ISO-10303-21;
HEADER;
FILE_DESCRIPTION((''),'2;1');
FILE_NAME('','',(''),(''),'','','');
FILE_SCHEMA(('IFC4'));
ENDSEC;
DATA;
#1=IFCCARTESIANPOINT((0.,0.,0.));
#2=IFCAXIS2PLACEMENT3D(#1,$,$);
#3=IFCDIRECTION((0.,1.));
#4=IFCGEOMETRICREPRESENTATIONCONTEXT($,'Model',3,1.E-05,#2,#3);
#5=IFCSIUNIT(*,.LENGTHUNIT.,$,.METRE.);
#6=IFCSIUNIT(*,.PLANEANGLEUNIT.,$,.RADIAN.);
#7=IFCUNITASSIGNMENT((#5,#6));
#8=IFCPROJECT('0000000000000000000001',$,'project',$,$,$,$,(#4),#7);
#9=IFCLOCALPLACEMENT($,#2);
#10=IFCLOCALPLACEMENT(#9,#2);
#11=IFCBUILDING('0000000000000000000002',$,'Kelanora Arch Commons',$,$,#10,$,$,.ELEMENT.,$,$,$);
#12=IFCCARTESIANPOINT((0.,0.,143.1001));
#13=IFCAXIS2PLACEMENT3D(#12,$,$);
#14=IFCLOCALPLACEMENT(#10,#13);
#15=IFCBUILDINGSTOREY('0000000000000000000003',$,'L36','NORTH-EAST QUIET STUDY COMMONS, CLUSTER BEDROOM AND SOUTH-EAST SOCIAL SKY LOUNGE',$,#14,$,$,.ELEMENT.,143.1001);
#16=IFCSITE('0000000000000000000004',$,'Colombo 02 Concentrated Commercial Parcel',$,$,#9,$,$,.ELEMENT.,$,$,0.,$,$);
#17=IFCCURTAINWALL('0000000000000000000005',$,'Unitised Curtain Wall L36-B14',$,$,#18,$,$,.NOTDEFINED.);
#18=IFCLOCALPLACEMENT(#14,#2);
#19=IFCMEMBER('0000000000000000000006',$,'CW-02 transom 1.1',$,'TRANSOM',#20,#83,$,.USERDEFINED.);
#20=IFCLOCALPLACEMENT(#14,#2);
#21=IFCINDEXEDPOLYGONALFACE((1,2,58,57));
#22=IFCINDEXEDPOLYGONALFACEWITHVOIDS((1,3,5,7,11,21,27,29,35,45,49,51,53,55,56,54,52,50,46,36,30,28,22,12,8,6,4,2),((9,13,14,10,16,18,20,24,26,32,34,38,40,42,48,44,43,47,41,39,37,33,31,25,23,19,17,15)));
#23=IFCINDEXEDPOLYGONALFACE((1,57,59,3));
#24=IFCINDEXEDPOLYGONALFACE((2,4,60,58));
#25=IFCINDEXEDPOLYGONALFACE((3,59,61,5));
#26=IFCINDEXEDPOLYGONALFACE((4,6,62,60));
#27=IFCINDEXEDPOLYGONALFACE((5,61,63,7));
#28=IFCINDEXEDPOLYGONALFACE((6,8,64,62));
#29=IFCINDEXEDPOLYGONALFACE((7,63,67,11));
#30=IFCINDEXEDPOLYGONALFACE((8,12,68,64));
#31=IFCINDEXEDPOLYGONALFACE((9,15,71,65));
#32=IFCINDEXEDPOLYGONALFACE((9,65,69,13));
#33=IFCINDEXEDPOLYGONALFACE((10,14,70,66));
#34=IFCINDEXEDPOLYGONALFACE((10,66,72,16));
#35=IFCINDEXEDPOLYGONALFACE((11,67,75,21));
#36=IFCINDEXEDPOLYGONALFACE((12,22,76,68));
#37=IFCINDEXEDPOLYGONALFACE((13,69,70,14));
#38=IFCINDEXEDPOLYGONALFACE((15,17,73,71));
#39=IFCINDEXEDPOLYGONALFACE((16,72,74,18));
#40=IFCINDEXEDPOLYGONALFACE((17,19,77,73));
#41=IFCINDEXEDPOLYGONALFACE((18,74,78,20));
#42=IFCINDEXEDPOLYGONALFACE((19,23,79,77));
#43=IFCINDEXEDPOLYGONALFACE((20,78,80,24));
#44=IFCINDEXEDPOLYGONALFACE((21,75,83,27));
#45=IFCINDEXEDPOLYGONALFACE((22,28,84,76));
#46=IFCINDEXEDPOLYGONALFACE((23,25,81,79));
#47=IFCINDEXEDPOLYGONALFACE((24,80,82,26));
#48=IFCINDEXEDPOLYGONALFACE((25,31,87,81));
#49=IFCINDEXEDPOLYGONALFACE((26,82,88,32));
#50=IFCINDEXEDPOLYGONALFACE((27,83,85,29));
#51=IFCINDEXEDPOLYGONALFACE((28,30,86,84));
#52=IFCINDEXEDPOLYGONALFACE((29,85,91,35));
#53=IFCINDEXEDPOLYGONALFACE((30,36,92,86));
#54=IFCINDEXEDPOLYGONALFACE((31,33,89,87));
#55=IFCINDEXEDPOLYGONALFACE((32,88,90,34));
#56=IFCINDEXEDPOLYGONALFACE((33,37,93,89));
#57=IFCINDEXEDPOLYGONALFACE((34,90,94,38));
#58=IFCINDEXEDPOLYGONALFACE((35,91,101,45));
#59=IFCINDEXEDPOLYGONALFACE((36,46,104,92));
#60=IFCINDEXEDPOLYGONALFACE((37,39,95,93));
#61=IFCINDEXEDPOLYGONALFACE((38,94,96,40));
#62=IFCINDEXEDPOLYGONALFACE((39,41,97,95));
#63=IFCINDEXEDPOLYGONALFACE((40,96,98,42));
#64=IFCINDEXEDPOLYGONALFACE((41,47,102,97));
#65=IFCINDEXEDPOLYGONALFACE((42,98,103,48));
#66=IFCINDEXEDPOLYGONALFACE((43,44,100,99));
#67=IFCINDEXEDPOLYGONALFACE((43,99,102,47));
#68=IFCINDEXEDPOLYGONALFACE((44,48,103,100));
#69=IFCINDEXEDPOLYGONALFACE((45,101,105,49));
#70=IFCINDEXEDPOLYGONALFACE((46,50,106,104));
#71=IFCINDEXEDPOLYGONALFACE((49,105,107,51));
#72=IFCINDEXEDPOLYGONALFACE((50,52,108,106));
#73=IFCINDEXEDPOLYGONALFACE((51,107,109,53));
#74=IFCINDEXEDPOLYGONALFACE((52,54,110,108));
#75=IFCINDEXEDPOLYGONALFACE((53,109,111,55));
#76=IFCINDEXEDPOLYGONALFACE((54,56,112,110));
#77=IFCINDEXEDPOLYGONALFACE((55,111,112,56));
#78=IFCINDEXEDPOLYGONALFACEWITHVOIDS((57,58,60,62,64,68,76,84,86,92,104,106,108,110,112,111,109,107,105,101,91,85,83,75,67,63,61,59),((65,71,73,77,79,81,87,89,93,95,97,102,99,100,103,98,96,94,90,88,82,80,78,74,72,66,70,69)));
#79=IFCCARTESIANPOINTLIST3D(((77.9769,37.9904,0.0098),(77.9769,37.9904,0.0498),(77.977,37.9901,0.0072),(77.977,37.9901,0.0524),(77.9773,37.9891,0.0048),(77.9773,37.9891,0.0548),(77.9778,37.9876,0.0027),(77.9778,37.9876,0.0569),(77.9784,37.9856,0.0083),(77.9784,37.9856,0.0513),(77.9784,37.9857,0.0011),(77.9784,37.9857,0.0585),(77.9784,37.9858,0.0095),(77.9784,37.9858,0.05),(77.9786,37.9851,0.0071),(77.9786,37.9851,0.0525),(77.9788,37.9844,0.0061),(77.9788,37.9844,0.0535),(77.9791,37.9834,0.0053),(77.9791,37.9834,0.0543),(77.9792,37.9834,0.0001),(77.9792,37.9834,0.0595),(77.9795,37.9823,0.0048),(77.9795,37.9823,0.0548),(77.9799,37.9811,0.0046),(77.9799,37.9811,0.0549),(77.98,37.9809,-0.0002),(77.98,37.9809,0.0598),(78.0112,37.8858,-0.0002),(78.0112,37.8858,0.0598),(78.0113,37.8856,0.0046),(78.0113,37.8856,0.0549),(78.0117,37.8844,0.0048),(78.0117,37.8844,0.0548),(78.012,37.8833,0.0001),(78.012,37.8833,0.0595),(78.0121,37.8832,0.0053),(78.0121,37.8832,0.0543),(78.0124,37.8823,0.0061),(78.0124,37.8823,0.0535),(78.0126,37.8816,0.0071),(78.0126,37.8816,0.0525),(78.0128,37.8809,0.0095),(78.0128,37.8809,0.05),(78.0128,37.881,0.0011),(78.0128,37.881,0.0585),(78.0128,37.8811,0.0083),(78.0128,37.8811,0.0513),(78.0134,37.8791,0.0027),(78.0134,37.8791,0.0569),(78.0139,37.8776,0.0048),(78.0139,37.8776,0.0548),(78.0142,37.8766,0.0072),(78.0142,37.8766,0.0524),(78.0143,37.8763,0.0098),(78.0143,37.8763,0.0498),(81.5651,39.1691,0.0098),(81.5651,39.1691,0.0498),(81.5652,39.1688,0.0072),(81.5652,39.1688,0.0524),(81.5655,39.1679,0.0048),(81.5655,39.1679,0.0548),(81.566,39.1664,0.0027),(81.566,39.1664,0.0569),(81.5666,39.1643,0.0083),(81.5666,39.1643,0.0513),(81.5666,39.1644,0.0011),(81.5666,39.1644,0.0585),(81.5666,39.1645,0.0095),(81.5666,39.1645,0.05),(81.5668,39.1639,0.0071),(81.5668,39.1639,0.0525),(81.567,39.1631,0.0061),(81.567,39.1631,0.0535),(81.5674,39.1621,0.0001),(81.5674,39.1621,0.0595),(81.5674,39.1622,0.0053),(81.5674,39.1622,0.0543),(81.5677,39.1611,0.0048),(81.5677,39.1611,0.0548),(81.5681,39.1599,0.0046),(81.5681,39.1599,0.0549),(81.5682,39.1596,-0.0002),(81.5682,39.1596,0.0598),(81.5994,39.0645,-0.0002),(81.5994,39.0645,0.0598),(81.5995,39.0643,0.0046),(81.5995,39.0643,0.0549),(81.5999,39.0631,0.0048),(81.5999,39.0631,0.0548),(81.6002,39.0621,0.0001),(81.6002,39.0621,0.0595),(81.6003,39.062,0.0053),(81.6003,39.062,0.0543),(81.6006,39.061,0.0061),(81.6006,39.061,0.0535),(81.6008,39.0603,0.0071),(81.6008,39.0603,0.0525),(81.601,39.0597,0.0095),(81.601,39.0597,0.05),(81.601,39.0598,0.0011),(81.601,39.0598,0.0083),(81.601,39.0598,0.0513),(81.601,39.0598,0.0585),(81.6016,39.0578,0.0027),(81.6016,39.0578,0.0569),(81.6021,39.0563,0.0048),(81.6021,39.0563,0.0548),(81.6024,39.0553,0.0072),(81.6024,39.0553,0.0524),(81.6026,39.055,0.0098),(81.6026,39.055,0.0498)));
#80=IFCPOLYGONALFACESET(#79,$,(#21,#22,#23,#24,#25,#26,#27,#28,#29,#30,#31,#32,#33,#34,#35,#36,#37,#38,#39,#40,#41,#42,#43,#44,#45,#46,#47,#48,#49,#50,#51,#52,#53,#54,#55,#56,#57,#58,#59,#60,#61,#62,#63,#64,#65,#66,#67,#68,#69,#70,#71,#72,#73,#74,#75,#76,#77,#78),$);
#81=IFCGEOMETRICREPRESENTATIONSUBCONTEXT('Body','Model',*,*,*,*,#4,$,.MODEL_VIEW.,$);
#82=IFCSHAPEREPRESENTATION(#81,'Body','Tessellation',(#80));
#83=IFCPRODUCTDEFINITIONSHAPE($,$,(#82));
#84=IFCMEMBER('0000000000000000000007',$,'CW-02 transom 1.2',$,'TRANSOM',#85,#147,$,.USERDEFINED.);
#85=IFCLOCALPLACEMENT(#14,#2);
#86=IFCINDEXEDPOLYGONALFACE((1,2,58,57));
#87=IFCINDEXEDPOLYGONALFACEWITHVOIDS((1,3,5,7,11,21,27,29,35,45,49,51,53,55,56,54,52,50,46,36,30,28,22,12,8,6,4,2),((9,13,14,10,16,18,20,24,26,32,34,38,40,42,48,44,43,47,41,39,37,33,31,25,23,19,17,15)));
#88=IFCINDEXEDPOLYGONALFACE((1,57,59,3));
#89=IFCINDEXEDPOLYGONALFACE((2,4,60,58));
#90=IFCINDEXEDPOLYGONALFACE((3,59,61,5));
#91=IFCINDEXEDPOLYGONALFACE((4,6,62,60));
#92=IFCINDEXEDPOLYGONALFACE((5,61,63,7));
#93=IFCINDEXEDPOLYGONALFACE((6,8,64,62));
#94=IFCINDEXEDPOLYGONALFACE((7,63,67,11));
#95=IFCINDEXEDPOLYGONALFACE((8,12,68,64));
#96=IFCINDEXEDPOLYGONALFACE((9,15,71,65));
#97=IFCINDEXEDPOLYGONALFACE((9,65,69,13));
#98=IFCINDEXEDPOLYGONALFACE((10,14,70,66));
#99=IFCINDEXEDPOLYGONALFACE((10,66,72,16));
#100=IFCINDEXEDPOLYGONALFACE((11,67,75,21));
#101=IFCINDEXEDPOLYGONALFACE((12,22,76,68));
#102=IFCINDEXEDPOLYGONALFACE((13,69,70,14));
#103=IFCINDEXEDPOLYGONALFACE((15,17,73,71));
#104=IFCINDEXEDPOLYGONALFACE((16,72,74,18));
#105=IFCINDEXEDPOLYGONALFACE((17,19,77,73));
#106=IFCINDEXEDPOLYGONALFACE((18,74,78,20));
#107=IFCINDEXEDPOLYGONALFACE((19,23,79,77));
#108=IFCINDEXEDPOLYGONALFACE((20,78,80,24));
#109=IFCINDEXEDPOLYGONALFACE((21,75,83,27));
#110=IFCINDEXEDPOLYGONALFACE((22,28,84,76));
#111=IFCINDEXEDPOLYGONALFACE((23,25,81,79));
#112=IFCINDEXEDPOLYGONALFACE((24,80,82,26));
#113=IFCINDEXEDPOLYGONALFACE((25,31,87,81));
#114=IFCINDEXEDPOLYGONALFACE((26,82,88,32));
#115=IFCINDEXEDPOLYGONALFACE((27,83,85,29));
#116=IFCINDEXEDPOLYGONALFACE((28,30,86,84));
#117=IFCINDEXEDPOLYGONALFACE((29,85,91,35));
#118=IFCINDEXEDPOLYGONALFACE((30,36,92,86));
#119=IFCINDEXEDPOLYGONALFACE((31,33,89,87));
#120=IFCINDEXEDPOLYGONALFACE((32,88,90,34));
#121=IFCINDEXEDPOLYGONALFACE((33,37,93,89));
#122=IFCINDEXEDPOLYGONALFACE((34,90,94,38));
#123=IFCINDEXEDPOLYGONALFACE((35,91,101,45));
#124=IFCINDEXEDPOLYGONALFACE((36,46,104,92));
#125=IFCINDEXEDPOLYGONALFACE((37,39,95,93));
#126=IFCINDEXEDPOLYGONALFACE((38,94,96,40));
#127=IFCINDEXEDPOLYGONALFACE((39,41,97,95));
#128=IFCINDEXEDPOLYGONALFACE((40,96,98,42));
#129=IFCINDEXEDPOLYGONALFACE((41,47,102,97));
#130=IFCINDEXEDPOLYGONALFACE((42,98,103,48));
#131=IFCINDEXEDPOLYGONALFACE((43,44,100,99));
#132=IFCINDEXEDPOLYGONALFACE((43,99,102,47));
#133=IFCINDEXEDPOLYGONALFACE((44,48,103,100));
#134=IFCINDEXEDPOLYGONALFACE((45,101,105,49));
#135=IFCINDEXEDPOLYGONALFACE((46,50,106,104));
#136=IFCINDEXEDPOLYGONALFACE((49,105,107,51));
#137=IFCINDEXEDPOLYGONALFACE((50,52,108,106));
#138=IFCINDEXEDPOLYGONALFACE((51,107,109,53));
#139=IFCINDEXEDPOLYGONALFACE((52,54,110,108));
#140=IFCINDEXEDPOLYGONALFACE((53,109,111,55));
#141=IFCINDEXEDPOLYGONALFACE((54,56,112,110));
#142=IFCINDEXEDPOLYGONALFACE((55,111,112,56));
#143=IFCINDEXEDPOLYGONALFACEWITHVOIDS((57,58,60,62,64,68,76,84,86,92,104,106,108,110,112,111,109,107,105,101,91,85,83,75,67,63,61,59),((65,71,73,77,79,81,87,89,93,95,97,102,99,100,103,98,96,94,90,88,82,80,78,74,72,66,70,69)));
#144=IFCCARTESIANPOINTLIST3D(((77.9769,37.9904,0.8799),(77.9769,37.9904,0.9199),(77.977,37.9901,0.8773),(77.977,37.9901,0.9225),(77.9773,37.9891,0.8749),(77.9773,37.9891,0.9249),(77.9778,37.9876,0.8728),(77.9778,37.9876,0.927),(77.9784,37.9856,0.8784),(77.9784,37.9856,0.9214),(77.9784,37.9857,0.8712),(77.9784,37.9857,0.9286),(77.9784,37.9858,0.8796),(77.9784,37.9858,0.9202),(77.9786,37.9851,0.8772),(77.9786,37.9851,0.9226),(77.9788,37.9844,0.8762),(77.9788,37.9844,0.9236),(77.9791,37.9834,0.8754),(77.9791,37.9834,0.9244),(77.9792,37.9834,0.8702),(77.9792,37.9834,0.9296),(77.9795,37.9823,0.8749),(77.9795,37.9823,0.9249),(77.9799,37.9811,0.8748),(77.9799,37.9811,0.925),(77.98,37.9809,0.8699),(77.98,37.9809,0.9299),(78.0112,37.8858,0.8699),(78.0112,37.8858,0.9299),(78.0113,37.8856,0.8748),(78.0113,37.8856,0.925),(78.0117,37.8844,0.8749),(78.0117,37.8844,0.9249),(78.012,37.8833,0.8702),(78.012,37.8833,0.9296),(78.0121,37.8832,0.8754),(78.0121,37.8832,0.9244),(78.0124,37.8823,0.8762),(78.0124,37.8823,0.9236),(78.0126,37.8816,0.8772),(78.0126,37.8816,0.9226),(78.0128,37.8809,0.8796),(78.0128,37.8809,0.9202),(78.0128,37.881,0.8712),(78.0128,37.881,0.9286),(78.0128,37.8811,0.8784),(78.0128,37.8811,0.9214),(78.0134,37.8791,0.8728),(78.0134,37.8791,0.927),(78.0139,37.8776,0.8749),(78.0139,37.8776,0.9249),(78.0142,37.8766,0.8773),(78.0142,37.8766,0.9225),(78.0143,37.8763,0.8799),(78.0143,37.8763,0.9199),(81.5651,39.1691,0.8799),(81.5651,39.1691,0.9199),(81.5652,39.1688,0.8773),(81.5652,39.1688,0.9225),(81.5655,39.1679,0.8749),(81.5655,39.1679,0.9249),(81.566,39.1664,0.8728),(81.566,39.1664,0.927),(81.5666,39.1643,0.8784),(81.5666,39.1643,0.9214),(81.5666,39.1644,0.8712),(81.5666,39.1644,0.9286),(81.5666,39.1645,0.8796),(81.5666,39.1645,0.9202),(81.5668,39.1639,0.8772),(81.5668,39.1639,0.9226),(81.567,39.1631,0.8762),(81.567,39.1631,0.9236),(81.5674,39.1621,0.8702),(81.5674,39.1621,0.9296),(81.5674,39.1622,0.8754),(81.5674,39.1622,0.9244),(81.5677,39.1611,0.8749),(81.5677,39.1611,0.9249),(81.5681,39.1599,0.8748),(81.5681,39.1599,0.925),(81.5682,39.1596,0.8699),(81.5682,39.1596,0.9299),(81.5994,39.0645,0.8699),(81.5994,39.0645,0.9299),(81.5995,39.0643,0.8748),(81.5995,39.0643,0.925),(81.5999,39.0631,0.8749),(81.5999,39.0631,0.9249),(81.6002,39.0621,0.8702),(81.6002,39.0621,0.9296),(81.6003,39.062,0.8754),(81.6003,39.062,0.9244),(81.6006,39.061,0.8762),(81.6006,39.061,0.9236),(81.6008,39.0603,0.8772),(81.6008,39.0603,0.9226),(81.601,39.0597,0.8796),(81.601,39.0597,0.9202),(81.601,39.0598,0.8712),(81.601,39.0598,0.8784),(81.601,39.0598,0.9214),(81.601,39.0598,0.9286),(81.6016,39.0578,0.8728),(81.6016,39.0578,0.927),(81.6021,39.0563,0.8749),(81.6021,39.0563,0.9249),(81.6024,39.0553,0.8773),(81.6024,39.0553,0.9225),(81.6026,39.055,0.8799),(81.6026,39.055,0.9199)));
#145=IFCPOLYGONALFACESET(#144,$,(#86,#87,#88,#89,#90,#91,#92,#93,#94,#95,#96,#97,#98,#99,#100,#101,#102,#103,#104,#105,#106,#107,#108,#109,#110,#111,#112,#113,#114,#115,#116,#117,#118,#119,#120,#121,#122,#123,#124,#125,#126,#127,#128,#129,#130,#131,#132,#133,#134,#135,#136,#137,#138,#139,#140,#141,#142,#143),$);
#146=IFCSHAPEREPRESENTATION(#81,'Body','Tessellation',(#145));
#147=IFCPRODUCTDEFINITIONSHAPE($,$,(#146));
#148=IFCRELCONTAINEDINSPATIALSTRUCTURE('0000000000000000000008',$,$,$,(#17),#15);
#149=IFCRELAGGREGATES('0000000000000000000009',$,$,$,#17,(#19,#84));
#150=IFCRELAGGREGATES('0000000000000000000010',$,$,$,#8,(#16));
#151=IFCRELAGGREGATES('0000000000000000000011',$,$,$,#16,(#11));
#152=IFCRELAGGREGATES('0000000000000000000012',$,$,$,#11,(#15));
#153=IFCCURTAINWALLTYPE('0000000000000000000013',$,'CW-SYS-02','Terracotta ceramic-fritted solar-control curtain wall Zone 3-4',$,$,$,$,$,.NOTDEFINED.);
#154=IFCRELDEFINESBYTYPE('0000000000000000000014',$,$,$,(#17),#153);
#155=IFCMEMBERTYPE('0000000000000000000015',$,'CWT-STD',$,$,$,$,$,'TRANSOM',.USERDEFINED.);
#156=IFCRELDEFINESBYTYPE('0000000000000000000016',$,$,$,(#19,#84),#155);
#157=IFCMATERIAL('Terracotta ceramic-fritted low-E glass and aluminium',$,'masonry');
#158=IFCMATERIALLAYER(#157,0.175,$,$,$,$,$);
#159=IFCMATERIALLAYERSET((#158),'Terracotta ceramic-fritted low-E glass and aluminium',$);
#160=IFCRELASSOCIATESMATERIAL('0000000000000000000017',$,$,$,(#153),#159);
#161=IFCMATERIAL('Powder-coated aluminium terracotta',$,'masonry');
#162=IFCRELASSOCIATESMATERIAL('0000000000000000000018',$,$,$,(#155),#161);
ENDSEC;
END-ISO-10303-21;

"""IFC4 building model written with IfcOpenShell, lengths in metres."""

from ifc_helpers import new_model, si_unit, direction, frame, origin, origin_2d, place, context, subcontext, project, spatial, hollow_rectangle, extrude, material, layer, layer_set, material_profile, profile_set, type_object, element, aggregate, save


model = new_model("IFC4")

# Units and contexts
model_context = context("Model", 3, precision=1e-05, world=origin(), true_north=direction((0.0, 1.0)))
body_context = subcontext(model_context, "Body", "Model", "MODEL_VIEW")
ifc_project = project(units=[si_unit("LENGTHUNIT", "METRE"), si_unit("PLANEANGLEUNIT", "RADIAN")], contexts=[model_context])

# Site, building, storey
site_placement = place(None, origin())
site = spatial("IfcSite", under=ifc_project, at=site_placement, Name="Colombo 02 Concentrated Commercial Parcel", CompositionType="ELEMENT", RefElevation=0.0)
building_placement = place(site_placement, origin())
building = spatial("IfcBuilding", under=site, at=building_placement, Name="Kelanora Arch Commons", CompositionType="ELEMENT")
storey_placement = place(building_placement, frame((0.0, 0.0, 143.1001)))
storey = spatial("IfcBuildingStorey", under=building, at=storey_placement, Name="L36", Description="NORTH-EAST QUIET STUDY COMMONS, CLUSTER BEDROOM AND SOUTH-EAST SOCIAL SKY LOUNGE", CompositionType="ELEMENT", Elevation=143.1001)

# Curtain wall, members
ifc_material_1 = material(Name="Terracotta ceramic-fritted low-E glass and aluminium", Category="masonry")
ifc_layer_1 = layer(ifc_material_1, 0.175)
ifc_layer_set_1 = layer_set([ifc_layer_1], Name="Terracotta ceramic-fritted low-E glass and aluminium")
curtain_wall_type = type_object("IfcCurtainWallType", Name="CW-SYS-02", Description="Terracotta ceramic-fritted solar-control curtain wall Zone 3-4", PredefinedType="NOTDEFINED", material=ifc_layer_set_1)
curtain_wall_placement = place(storey_placement, origin())
curtain_wall = element("IfcCurtainWall", 1, at=curtain_wall_placement, inside=storey, type_object=curtain_wall_type, Name="Unitised Curtain Wall L36-B14", PredefinedType="NOTDEFINED")
ifc_material_2 = material(Name="Powder-coated aluminium terracotta", Category="masonry")
ifc_material_profile_1 = material_profile(ifc_material_2, hollow_rectangle(XDim=0.1201, YDim=0.0601, WallThickness=0.0049, InnerFilletRadius=0.0049, OuterFilletRadius=0.01, at=origin_2d()), Name="CWT120x60")
ifc_profile_set_1 = profile_set([ifc_material_profile_1], Name="Powder-coated aluminium terracotta")
member_type_1 = type_object("IfcMemberType", Name="CWT-STD", ElementType="TRANSOM", PredefinedType="USERDEFINED", material=ifc_profile_set_1)
member_1_placement = place(storey_placement, frame((77.9956, 37.9333, 0.0298), z_axis=(0.950051, 0.312094, 0.0), x_axis=(-0.312094, 0.950051, 0.0)))
member_1 = element("IfcMember", 2, at=member_1_placement, type_object=member_type_1, Name="CW-02 transom 1.1", ObjectType="TRANSOM", PredefinedType="USERDEFINED", context=body_context, shape_type="SweptSolid", body=[
    extrude(hollow_rectangle(XDim=0.1201, YDim=0.0601, WallThickness=0.0049, InnerFilletRadius=0.0049, OuterFilletRadius=0.01, at=origin_2d()), origin(), (0.0, 0.0, 1.0), 3.7769),
])
member_2_placement = place(storey_placement, frame((77.9956, 37.9333, 0.8999), z_axis=(0.950051, 0.312094, 0.0), x_axis=(-0.312094, 0.950051, 0.0)))
member_2 = element("IfcMember", 3, at=member_2_placement, type_object=member_type_1, Name="CW-02 transom 1.2", ObjectType="TRANSOM", PredefinedType="USERDEFINED", context=body_context, shape_type="SweptSolid", body=[
    extrude(hollow_rectangle(XDim=0.1201, YDim=0.0601, WallThickness=0.0049, InnerFilletRadius=0.0049, OuterFilletRadius=0.01, at=origin_2d()), origin(), (0.0, 0.0, 1.0), 3.7769),
])
aggregate(curtain_wall, [member_1, member_2])

save(model, "model.ifc")
